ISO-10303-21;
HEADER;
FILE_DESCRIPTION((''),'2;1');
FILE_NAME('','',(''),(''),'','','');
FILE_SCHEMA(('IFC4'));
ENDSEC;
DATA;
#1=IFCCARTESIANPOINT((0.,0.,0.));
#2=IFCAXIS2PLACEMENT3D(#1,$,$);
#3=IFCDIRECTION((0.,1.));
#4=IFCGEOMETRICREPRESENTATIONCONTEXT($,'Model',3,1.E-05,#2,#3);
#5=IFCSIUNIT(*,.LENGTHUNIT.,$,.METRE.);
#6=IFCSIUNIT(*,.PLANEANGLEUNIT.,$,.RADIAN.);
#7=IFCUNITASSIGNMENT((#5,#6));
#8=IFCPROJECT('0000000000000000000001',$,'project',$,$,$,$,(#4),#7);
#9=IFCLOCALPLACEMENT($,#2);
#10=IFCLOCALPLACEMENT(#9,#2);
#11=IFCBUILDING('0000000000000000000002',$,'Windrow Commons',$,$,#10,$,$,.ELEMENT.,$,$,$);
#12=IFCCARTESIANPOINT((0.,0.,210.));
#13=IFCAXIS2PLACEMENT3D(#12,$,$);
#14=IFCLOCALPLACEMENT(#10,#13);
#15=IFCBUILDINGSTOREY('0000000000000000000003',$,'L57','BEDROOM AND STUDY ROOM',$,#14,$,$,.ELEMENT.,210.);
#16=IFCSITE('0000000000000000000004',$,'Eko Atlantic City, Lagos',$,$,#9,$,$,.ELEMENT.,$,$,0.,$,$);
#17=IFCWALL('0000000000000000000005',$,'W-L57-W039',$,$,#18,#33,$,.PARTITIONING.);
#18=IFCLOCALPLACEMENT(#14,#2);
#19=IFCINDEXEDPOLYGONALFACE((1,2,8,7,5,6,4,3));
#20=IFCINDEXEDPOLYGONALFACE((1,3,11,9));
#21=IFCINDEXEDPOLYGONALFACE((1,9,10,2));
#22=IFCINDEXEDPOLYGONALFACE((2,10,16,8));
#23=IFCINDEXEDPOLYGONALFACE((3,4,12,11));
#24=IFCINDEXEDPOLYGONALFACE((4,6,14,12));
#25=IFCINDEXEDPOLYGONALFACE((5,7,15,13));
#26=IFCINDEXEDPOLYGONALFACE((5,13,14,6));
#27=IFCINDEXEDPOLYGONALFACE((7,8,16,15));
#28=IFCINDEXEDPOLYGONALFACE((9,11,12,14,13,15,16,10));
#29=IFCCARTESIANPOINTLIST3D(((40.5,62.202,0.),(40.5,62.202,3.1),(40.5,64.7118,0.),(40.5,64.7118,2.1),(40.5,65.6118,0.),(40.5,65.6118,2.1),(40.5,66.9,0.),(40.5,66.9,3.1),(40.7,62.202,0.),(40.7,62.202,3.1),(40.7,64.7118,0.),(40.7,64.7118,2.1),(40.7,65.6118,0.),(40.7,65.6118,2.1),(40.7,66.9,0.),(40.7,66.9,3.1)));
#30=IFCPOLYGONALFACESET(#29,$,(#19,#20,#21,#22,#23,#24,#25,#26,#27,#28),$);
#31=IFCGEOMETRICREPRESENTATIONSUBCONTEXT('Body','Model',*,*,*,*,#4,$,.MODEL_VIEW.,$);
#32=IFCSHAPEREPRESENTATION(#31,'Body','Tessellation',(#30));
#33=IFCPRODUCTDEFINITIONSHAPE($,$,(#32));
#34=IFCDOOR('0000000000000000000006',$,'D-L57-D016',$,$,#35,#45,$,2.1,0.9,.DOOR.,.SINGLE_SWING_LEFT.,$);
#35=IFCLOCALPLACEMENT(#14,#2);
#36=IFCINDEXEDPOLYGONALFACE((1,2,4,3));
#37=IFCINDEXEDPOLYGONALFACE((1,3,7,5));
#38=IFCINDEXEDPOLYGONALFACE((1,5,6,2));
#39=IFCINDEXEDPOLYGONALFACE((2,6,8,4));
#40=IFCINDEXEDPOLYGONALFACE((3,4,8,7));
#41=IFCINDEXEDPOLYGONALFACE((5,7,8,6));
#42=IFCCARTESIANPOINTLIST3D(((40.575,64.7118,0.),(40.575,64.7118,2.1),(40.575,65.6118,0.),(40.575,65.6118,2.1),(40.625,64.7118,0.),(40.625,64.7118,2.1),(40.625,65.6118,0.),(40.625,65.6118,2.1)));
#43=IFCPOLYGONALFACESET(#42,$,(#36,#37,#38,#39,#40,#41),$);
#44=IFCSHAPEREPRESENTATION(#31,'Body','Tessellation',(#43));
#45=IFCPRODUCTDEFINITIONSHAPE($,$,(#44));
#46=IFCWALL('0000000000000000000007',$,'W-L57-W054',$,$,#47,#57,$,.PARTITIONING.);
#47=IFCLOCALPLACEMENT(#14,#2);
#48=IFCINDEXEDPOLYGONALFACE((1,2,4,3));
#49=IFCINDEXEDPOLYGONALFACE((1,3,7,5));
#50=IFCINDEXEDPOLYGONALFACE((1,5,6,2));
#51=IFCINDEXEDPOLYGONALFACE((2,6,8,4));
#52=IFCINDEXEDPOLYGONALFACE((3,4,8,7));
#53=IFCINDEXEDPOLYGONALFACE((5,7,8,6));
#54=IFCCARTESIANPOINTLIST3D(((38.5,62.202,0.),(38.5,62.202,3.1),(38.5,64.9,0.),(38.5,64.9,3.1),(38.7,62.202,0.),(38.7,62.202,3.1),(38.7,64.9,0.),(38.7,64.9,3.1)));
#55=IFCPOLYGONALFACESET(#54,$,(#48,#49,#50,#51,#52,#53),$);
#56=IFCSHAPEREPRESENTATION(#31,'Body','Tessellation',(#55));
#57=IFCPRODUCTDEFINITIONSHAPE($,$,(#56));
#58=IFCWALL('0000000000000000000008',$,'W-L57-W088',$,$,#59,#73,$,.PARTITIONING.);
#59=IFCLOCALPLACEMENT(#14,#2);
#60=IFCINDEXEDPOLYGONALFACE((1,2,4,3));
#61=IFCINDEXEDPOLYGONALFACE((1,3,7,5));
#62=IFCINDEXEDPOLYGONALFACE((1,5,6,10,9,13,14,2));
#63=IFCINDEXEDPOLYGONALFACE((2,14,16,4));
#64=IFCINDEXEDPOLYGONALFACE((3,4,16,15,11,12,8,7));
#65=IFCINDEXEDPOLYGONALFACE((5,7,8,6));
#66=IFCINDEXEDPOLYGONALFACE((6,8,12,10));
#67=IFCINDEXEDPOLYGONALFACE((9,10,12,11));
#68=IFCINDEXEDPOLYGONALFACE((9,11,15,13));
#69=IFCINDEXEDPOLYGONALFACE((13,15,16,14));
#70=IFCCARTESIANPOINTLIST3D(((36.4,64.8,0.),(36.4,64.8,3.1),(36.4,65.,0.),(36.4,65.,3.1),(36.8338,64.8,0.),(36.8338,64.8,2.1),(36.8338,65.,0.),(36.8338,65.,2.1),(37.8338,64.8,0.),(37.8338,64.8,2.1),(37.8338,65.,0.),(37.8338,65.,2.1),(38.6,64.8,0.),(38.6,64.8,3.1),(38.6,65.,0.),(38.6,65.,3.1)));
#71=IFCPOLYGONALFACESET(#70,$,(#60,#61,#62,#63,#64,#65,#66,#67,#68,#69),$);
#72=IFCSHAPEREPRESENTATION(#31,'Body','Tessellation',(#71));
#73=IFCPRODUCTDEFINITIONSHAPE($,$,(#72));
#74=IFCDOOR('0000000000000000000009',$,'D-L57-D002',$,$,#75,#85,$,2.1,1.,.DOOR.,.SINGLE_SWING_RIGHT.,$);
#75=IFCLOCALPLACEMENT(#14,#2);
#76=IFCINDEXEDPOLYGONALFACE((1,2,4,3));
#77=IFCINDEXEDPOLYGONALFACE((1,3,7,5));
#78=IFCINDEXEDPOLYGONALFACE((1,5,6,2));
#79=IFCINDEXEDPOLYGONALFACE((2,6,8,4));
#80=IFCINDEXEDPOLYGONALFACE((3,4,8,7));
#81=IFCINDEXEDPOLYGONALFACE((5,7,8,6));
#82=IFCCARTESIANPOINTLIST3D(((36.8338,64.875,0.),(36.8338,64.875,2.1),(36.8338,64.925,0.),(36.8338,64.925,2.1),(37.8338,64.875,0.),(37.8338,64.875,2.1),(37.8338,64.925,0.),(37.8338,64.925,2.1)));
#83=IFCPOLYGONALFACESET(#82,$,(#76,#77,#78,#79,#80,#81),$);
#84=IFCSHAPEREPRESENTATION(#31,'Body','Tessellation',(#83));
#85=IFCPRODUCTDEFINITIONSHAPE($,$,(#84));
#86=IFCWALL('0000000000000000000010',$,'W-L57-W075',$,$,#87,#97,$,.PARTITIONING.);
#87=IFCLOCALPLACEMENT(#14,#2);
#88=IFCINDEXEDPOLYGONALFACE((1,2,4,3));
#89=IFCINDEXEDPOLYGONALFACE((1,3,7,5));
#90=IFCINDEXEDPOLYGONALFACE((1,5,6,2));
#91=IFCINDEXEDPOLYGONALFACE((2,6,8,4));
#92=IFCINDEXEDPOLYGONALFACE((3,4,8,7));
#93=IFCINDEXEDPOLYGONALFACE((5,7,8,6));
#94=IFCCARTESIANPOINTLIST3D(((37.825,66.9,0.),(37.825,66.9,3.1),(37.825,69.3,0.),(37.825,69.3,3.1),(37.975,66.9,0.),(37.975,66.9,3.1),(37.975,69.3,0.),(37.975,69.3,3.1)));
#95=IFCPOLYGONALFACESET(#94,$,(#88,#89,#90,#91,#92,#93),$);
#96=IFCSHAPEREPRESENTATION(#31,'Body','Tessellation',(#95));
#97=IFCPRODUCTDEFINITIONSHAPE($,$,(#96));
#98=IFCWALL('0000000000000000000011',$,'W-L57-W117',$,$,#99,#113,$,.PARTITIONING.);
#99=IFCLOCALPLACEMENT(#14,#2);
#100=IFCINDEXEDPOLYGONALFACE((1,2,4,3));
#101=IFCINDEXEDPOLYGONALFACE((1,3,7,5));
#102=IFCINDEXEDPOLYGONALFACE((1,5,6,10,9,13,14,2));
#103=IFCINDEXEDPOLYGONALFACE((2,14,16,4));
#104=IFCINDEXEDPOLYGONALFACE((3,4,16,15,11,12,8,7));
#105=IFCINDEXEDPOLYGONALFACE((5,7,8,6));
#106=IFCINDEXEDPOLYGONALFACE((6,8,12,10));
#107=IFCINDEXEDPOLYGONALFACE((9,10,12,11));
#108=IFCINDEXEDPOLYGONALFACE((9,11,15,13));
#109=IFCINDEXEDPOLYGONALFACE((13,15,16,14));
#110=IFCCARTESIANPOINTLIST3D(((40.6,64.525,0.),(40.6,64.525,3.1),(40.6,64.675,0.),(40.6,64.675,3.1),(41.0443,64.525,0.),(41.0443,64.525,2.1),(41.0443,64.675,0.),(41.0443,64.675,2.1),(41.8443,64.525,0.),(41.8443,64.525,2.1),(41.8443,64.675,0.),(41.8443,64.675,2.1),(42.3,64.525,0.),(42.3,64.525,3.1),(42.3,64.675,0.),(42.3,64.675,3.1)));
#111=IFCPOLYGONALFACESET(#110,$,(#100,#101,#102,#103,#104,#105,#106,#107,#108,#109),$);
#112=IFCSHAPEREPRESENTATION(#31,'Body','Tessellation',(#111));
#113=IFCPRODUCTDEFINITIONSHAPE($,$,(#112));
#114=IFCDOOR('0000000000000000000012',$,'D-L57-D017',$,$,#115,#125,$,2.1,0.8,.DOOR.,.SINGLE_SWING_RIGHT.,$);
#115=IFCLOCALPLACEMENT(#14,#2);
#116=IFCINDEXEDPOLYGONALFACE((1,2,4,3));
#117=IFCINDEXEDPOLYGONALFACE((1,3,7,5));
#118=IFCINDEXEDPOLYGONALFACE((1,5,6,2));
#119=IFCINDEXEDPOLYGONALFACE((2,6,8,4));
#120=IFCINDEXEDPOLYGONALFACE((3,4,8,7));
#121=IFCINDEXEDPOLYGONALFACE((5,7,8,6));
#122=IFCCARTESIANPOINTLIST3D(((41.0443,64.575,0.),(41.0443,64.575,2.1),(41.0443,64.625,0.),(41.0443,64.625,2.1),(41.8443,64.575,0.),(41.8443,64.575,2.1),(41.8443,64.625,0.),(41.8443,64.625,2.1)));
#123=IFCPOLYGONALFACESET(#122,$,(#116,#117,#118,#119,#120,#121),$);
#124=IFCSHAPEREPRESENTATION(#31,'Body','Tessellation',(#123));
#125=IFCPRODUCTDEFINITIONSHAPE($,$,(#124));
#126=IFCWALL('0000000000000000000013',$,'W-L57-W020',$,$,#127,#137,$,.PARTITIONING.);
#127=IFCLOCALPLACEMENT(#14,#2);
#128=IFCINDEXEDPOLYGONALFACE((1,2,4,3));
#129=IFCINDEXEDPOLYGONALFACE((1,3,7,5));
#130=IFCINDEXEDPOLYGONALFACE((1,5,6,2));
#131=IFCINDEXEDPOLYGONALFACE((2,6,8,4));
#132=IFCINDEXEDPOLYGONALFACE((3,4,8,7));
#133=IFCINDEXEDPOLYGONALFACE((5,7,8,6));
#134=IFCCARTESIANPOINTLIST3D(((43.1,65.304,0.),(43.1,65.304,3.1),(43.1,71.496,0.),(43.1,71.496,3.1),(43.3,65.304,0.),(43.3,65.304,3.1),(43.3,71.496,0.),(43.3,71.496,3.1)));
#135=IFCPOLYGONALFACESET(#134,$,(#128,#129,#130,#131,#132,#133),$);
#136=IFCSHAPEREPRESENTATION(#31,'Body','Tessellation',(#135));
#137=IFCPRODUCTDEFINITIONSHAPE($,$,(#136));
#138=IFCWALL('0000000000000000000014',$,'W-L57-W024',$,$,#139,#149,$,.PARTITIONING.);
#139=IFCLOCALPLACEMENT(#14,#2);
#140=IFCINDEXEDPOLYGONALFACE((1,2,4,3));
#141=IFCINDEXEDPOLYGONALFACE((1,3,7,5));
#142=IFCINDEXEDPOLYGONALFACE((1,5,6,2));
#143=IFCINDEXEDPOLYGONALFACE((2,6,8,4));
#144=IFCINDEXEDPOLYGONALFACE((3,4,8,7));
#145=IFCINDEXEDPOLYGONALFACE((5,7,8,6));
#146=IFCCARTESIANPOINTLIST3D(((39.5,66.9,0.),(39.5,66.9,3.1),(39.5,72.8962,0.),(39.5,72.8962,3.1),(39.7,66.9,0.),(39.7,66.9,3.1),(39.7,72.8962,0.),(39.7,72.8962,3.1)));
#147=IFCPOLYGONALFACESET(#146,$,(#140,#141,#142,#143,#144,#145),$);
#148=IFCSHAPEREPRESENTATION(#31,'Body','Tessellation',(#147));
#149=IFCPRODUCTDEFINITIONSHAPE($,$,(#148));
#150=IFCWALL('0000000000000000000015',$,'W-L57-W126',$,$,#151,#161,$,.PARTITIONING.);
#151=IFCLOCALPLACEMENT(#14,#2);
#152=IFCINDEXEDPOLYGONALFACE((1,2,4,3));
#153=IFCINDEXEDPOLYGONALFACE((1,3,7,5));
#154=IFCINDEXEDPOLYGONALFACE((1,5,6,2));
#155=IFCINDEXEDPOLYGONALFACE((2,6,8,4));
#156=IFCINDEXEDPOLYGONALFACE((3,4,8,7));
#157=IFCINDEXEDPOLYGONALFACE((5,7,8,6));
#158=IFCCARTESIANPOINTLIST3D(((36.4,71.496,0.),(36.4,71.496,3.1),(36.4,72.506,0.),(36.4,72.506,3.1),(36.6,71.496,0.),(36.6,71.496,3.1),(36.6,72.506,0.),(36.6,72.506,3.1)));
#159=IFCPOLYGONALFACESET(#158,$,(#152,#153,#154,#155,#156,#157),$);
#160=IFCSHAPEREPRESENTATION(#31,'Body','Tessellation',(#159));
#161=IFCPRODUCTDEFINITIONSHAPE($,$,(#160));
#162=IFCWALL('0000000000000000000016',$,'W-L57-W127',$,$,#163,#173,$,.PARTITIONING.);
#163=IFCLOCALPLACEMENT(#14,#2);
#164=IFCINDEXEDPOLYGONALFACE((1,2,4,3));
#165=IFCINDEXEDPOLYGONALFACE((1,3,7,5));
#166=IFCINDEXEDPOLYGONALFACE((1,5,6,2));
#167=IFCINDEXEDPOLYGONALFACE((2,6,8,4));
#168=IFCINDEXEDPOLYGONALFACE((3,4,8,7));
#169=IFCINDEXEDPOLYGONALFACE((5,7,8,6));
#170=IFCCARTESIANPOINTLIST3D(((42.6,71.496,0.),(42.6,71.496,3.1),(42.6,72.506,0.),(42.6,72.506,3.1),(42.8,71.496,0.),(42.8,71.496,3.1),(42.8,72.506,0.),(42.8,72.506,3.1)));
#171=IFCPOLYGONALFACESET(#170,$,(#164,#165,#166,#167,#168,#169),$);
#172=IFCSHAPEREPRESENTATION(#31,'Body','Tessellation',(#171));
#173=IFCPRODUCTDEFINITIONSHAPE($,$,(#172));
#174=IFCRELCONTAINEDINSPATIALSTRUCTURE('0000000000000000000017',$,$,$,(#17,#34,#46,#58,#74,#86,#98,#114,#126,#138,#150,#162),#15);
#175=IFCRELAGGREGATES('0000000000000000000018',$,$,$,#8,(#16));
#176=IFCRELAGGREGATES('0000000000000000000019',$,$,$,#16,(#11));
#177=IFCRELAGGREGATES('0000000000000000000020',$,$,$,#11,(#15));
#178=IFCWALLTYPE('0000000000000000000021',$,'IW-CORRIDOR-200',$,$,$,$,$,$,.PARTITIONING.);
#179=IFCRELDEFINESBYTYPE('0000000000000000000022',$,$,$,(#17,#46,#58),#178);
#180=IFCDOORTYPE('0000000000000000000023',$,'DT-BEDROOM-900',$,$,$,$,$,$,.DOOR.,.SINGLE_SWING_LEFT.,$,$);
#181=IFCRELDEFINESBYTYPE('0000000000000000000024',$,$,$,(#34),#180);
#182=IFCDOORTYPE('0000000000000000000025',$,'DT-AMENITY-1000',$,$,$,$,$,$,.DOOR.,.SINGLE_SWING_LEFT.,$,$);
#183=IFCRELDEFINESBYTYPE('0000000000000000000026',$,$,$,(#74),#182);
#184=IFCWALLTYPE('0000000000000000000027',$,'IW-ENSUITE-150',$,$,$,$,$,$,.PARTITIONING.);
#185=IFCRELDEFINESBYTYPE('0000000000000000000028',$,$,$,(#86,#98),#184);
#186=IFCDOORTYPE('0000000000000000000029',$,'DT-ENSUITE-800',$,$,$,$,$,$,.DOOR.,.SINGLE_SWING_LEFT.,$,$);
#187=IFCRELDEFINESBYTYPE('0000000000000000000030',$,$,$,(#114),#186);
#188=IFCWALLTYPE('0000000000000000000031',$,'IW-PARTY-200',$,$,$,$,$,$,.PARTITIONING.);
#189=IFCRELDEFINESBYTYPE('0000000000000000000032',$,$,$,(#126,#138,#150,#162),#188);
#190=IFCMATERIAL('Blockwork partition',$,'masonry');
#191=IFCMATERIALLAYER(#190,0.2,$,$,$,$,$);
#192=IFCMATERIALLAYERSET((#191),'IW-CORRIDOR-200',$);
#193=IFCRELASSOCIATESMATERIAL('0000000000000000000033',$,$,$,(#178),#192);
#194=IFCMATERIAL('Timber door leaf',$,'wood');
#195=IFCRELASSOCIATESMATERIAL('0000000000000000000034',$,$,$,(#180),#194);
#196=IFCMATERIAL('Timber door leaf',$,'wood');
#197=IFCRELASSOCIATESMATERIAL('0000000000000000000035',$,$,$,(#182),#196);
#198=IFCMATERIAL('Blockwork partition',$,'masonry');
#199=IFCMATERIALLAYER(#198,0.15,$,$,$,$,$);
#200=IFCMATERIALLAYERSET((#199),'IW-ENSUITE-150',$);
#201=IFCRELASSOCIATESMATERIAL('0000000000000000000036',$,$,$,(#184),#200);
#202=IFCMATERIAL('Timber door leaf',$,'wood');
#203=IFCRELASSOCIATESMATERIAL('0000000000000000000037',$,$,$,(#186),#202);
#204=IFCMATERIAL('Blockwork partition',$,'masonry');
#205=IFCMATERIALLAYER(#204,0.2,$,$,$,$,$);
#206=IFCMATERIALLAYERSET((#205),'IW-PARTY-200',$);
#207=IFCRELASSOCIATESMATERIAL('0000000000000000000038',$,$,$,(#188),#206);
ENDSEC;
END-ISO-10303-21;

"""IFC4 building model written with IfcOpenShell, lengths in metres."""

from ifc_helpers import new_model, si_unit, direction, frame, frame_2d, origin, place, context, subcontext, project, spatial, rectangle, extrude, material, layer, layer_set, type_object, element, fill, save


model = new_model("IFC4")

# Units and contexts
model_context = context("Model", 3, precision=1e-05, world=origin(), true_north=direction((0.0, 1.0)))
body_context = subcontext(model_context, "Body", "Model", "MODEL_VIEW")
ifc_project = project(units=[si_unit("LENGTHUNIT", "METRE"), si_unit("PLANEANGLEUNIT", "RADIAN")], contexts=[model_context])

# Site, building, storey
site_placement = place(None, origin())
site = spatial("IfcSite", under=ifc_project, at=site_placement, Name="Eko Atlantic City, Lagos", CompositionType="ELEMENT", RefElevation=0.0)
building_placement = place(site_placement, origin())
building = spatial("IfcBuilding", under=site, at=building_placement, Name="Windrow Commons", CompositionType="ELEMENT")
storey_placement = place(building_placement, frame((0.0, 0.0, 210.0)))
storey = spatial("IfcBuildingStorey", under=building, at=storey_placement, Name="L57", Description="BEDROOM AND STUDY ROOM", CompositionType="ELEMENT", Elevation=210.0)

# Wall, opening, door
ifc_material_1 = material(Name="Blockwork partition", Category="masonry")
ifc_layer_1 = layer(ifc_material_1, 0.2)
ifc_layer_set_1 = layer_set([ifc_layer_1], Name="IW-CORRIDOR-200")
wall_type_1 = type_object("IfcWallType", Name="IW-CORRIDOR-200", PredefinedType="PARTITIONING", material=ifc_layer_set_1)
wall_1_placement = place(storey_placement, frame((40.6, 62.202, 0.0), z_axis=(0.0, 0.0, 1.0), x_axis=(0.0, 1.0, 0.0)))
wall_1 = element("IfcWall", 1, at=wall_1_placement, inside=storey, type_object=wall_type_1, Name="W-L57-W039", PredefinedType="PARTITIONING", context=body_context, shape_type="SweptSolid", body=[
    extrude(rectangle(XDim=4.698, YDim=0.2, at=frame_2d((2.349, 0.0))), origin(), (0.0, 0.0, 1.0), 3.1),
])
opening_1_placement = place(wall_1_placement, frame((2.5098, 0.0, 0.0)))
opening_1 = element("IfcOpeningElement", 2, at=opening_1_placement, cuts=wall_1, PredefinedType="OPENING", context=body_context, shape_type="SweptSolid", body=[
    extrude(rectangle(XDim=0.9, YDim=2.1, at=frame_2d((0.45, 1.05))), frame((0.0, 0.11, 0.0), z_axis=(0.0, -1.0, 0.0), x_axis=(1.0, 0.0, 0.0)), (0.0, 0.0, 1.0), 0.22),
])
ifc_material_2 = material(Name="Timber door leaf", Category="wood")
door_type_1 = type_object("IfcDoorType", Name="DT-BEDROOM-900", OperationType="SINGLE_SWING_LEFT", PredefinedType="DOOR", material=ifc_material_2)
door_1_placement = place(opening_1_placement, origin())
door_1 = element("IfcDoor", 3, at=door_1_placement, inside=storey, type_object=door_type_1, Name="D-L57-D016", OperationType="SINGLE_SWING_LEFT", OverallHeight=2.1, OverallWidth=0.9, PredefinedType="DOOR", context=body_context, shape_type="SweptSolid", body=[
    extrude(rectangle(XDim=0.9, YDim=2.1, at=frame_2d((0.45, 1.05))), frame((0.0, 0.025, 0.0), z_axis=(0.0, -1.0, 0.0), x_axis=(1.0, 0.0, 0.0)), (0.0, 0.0, 1.0), 0.05),
])
fill(opening_1, door_1)

# Wall
wall_2_placement = place(storey_placement, frame((38.6, 62.202, 0.0), z_axis=(0.0, 0.0, 1.0), x_axis=(0.0, 1.0, 0.0)))
element("IfcWall", 4, at=wall_2_placement, inside=storey, type_object=wall_type_1, Name="W-L57-W054", PredefinedType="PARTITIONING", context=body_context, shape_type="SweptSolid", body=[
    extrude(rectangle(XDim=2.698, YDim=0.2, at=frame_2d((1.349, 0.0))), origin(), (0.0, 0.0, 1.0), 3.1),
])

# Wall, opening, door
wall_3_placement = place(storey_placement, frame((36.4, 64.9, 0.0), z_axis=(0.0, 0.0, 1.0), x_axis=(1.0, 0.0, 0.0)))
wall_3 = element("IfcWall", 5, at=wall_3_placement, inside=storey, type_object=wall_type_1, Name="W-L57-W088", PredefinedType="PARTITIONING", context=body_context, shape_type="SweptSolid", body=[
    extrude(rectangle(XDim=2.2, YDim=0.2, at=frame_2d((1.1, 0.0))), origin(), (0.0, 0.0, 1.0), 3.1),
])
opening_2_placement = place(wall_3_placement, frame((0.4338, 0.0, 0.0)))
opening_2 = element("IfcOpeningElement", 6, at=opening_2_placement, cuts=wall_3, PredefinedType="OPENING", context=body_context, shape_type="SweptSolid", body=[
    extrude(rectangle(XDim=1.0, YDim=2.1, at=frame_2d((0.5, 1.05))), frame((0.0, 0.11, 0.0), z_axis=(0.0, -1.0, 0.0), x_axis=(1.0, 0.0, 0.0)), (0.0, 0.0, 1.0), 0.22),
])
ifc_material_3 = material(Name="Timber door leaf", Category="wood")
door_type_2 = type_object("IfcDoorType", Name="DT-AMENITY-1000", OperationType="SINGLE_SWING_LEFT", PredefinedType="DOOR", material=ifc_material_3)
door_2_placement = place(opening_2_placement, origin())
door_2 = element("IfcDoor", 7, at=door_2_placement, inside=storey, type_object=door_type_2, Name="D-L57-D002", OperationType="SINGLE_SWING_RIGHT", OverallHeight=2.1, OverallWidth=1.0, PredefinedType="DOOR", context=body_context, shape_type="SweptSolid", body=[
    extrude(rectangle(XDim=1.0, YDim=2.1, at=frame_2d((0.5, 1.05))), frame((0.0, 0.025, 0.0), z_axis=(0.0, -1.0, 0.0), x_axis=(1.0, 0.0, 0.0)), (0.0, 0.0, 1.0), 0.05),
])
fill(opening_2, door_2)

# Wall
ifc_material_4 = material(Name="Blockwork partition", Category="masonry")
ifc_layer_2 = layer(ifc_material_4, 0.15)
ifc_layer_set_2 = layer_set([ifc_layer_2], Name="IW-ENSUITE-150")
wall_type_2 = type_object("IfcWallType", Name="IW-ENSUITE-150", PredefinedType="PARTITIONING", material=ifc_layer_set_2)
wall_4_placement = place(storey_placement, frame((37.9, 66.9, 0.0), z_axis=(0.0, 0.0, 1.0), x_axis=(0.0, 1.0, 0.0)))
element("IfcWall", 8, at=wall_4_placement, inside=storey, type_object=wall_type_2, Name="W-L57-W075", PredefinedType="PARTITIONING", context=body_context, shape_type="SweptSolid", body=[
    extrude(rectangle(XDim=2.4, YDim=0.15, at=frame_2d((1.2, 0.0))), origin(), (0.0, 0.0, 1.0), 3.1),
])

# Wall, opening, door
wall_5_placement = place(storey_placement, frame((40.6, 64.6, 0.0), z_axis=(0.0, 0.0, 1.0), x_axis=(1.0, 0.0, 0.0)))
wall_5 = element("IfcWall", 9, at=wall_5_placement, inside=storey, type_object=wall_type_2, Name="W-L57-W117", PredefinedType="PARTITIONING", context=body_context, shape_type="SweptSolid", body=[
    extrude(rectangle(XDim=1.7, YDim=0.15, at=frame_2d((0.85, 0.0))), origin(), (0.0, 0.0, 1.0), 3.1),
])
opening_3_placement = place(wall_5_placement, frame((0.4443, 0.0, 0.0)))
opening_3 = element("IfcOpeningElement", 10, at=opening_3_placement, cuts=wall_5, PredefinedType="OPENING", context=body_context, shape_type="SweptSolid", body=[
    extrude(rectangle(XDim=0.8, YDim=2.1, at=frame_2d((0.4, 1.05))), frame((0.0, 0.085, 0.0), z_axis=(0.0, -1.0, 0.0), x_axis=(1.0, 0.0, 0.0)), (0.0, 0.0, 1.0), 0.17),
])
ifc_material_5 = material(Name="Timber door leaf", Category="wood")
door_type_3 = type_object("IfcDoorType", Name="DT-ENSUITE-800", OperationType="SINGLE_SWING_LEFT", PredefinedType="DOOR", material=ifc_material_5)
door_3_placement = place(opening_3_placement, origin())
door_3 = element("IfcDoor", 11, at=door_3_placement, inside=storey, type_object=door_type_3, Name="D-L57-D017", OperationType="SINGLE_SWING_RIGHT", OverallHeight=2.1, OverallWidth=0.8, PredefinedType="DOOR", context=body_context, shape_type="SweptSolid", body=[
    extrude(rectangle(XDim=0.8, YDim=2.1, at=frame_2d((0.4, 1.05))), frame((0.0, 0.025, 0.0), z_axis=(0.0, -1.0, 0.0), x_axis=(1.0, 0.0, 0.0)), (0.0, 0.0, 1.0), 0.05),
])
fill(opening_3, door_3)

# Walls
ifc_material_6 = material(Name="Blockwork partition", Category="masonry")
ifc_layer_3 = layer(ifc_material_6, 0.2)
ifc_layer_set_3 = layer_set([ifc_layer_3], Name="IW-PARTY-200")
wall_type_3 = type_object("IfcWallType", Name="IW-PARTY-200", PredefinedType="PARTITIONING", material=ifc_layer_set_3)
wall_6_placement = place(storey_placement, frame((43.2, 65.304, 0.0), z_axis=(0.0, 0.0, 1.0), x_axis=(0.0, 1.0, 0.0)))
element("IfcWall", 12, at=wall_6_placement, inside=storey, type_object=wall_type_3, Name="W-L57-W020", PredefinedType="PARTITIONING", context=body_context, shape_type="SweptSolid", body=[
    extrude(rectangle(XDim=6.192, YDim=0.2, at=frame_2d((3.096, 0.0))), origin(), (0.0, 0.0, 1.0), 3.1),
])
wall_7_placement = place(storey_placement, frame((39.6, 66.9, 0.0), z_axis=(0.0, 0.0, 1.0), x_axis=(0.0, 1.0, 0.0)))
element("IfcWall", 13, at=wall_7_placement, inside=storey, type_object=wall_type_3, Name="W-L57-W024", PredefinedType="PARTITIONING", context=body_context, shape_type="SweptSolid", body=[
    extrude(rectangle(XDim=5.9962, YDim=0.2, at=frame_2d((2.9981, 0.0))), origin(), (0.0, 0.0, 1.0), 3.1),
])
for number, where, z_axis, x_axis, name in (
    (14, (36.5, 71.496, 0.0), (0.0, 0.0, 1.0), (0.0, 1.0, 0.0), "W-L57-W126"),
    (15, (42.7, 71.496, 0.0), (0.0, 0.0, 1.0), (0.0, 1.0, 0.0), "W-L57-W127"),
):
    element("IfcWall", number, at=place(storey_placement, frame(where, z_axis=z_axis, x_axis=x_axis)), inside=storey, type_object=wall_type_3, Name=name, PredefinedType="PARTITIONING", context=body_context, shape_type="SweptSolid", body=[
        extrude(rectangle(XDim=1.01, YDim=0.2, at=frame_2d((0.505, 0.0))), origin(), (0.0, 0.0, 1.0), 3.1),
    ])

save(model, "model.ifc")
